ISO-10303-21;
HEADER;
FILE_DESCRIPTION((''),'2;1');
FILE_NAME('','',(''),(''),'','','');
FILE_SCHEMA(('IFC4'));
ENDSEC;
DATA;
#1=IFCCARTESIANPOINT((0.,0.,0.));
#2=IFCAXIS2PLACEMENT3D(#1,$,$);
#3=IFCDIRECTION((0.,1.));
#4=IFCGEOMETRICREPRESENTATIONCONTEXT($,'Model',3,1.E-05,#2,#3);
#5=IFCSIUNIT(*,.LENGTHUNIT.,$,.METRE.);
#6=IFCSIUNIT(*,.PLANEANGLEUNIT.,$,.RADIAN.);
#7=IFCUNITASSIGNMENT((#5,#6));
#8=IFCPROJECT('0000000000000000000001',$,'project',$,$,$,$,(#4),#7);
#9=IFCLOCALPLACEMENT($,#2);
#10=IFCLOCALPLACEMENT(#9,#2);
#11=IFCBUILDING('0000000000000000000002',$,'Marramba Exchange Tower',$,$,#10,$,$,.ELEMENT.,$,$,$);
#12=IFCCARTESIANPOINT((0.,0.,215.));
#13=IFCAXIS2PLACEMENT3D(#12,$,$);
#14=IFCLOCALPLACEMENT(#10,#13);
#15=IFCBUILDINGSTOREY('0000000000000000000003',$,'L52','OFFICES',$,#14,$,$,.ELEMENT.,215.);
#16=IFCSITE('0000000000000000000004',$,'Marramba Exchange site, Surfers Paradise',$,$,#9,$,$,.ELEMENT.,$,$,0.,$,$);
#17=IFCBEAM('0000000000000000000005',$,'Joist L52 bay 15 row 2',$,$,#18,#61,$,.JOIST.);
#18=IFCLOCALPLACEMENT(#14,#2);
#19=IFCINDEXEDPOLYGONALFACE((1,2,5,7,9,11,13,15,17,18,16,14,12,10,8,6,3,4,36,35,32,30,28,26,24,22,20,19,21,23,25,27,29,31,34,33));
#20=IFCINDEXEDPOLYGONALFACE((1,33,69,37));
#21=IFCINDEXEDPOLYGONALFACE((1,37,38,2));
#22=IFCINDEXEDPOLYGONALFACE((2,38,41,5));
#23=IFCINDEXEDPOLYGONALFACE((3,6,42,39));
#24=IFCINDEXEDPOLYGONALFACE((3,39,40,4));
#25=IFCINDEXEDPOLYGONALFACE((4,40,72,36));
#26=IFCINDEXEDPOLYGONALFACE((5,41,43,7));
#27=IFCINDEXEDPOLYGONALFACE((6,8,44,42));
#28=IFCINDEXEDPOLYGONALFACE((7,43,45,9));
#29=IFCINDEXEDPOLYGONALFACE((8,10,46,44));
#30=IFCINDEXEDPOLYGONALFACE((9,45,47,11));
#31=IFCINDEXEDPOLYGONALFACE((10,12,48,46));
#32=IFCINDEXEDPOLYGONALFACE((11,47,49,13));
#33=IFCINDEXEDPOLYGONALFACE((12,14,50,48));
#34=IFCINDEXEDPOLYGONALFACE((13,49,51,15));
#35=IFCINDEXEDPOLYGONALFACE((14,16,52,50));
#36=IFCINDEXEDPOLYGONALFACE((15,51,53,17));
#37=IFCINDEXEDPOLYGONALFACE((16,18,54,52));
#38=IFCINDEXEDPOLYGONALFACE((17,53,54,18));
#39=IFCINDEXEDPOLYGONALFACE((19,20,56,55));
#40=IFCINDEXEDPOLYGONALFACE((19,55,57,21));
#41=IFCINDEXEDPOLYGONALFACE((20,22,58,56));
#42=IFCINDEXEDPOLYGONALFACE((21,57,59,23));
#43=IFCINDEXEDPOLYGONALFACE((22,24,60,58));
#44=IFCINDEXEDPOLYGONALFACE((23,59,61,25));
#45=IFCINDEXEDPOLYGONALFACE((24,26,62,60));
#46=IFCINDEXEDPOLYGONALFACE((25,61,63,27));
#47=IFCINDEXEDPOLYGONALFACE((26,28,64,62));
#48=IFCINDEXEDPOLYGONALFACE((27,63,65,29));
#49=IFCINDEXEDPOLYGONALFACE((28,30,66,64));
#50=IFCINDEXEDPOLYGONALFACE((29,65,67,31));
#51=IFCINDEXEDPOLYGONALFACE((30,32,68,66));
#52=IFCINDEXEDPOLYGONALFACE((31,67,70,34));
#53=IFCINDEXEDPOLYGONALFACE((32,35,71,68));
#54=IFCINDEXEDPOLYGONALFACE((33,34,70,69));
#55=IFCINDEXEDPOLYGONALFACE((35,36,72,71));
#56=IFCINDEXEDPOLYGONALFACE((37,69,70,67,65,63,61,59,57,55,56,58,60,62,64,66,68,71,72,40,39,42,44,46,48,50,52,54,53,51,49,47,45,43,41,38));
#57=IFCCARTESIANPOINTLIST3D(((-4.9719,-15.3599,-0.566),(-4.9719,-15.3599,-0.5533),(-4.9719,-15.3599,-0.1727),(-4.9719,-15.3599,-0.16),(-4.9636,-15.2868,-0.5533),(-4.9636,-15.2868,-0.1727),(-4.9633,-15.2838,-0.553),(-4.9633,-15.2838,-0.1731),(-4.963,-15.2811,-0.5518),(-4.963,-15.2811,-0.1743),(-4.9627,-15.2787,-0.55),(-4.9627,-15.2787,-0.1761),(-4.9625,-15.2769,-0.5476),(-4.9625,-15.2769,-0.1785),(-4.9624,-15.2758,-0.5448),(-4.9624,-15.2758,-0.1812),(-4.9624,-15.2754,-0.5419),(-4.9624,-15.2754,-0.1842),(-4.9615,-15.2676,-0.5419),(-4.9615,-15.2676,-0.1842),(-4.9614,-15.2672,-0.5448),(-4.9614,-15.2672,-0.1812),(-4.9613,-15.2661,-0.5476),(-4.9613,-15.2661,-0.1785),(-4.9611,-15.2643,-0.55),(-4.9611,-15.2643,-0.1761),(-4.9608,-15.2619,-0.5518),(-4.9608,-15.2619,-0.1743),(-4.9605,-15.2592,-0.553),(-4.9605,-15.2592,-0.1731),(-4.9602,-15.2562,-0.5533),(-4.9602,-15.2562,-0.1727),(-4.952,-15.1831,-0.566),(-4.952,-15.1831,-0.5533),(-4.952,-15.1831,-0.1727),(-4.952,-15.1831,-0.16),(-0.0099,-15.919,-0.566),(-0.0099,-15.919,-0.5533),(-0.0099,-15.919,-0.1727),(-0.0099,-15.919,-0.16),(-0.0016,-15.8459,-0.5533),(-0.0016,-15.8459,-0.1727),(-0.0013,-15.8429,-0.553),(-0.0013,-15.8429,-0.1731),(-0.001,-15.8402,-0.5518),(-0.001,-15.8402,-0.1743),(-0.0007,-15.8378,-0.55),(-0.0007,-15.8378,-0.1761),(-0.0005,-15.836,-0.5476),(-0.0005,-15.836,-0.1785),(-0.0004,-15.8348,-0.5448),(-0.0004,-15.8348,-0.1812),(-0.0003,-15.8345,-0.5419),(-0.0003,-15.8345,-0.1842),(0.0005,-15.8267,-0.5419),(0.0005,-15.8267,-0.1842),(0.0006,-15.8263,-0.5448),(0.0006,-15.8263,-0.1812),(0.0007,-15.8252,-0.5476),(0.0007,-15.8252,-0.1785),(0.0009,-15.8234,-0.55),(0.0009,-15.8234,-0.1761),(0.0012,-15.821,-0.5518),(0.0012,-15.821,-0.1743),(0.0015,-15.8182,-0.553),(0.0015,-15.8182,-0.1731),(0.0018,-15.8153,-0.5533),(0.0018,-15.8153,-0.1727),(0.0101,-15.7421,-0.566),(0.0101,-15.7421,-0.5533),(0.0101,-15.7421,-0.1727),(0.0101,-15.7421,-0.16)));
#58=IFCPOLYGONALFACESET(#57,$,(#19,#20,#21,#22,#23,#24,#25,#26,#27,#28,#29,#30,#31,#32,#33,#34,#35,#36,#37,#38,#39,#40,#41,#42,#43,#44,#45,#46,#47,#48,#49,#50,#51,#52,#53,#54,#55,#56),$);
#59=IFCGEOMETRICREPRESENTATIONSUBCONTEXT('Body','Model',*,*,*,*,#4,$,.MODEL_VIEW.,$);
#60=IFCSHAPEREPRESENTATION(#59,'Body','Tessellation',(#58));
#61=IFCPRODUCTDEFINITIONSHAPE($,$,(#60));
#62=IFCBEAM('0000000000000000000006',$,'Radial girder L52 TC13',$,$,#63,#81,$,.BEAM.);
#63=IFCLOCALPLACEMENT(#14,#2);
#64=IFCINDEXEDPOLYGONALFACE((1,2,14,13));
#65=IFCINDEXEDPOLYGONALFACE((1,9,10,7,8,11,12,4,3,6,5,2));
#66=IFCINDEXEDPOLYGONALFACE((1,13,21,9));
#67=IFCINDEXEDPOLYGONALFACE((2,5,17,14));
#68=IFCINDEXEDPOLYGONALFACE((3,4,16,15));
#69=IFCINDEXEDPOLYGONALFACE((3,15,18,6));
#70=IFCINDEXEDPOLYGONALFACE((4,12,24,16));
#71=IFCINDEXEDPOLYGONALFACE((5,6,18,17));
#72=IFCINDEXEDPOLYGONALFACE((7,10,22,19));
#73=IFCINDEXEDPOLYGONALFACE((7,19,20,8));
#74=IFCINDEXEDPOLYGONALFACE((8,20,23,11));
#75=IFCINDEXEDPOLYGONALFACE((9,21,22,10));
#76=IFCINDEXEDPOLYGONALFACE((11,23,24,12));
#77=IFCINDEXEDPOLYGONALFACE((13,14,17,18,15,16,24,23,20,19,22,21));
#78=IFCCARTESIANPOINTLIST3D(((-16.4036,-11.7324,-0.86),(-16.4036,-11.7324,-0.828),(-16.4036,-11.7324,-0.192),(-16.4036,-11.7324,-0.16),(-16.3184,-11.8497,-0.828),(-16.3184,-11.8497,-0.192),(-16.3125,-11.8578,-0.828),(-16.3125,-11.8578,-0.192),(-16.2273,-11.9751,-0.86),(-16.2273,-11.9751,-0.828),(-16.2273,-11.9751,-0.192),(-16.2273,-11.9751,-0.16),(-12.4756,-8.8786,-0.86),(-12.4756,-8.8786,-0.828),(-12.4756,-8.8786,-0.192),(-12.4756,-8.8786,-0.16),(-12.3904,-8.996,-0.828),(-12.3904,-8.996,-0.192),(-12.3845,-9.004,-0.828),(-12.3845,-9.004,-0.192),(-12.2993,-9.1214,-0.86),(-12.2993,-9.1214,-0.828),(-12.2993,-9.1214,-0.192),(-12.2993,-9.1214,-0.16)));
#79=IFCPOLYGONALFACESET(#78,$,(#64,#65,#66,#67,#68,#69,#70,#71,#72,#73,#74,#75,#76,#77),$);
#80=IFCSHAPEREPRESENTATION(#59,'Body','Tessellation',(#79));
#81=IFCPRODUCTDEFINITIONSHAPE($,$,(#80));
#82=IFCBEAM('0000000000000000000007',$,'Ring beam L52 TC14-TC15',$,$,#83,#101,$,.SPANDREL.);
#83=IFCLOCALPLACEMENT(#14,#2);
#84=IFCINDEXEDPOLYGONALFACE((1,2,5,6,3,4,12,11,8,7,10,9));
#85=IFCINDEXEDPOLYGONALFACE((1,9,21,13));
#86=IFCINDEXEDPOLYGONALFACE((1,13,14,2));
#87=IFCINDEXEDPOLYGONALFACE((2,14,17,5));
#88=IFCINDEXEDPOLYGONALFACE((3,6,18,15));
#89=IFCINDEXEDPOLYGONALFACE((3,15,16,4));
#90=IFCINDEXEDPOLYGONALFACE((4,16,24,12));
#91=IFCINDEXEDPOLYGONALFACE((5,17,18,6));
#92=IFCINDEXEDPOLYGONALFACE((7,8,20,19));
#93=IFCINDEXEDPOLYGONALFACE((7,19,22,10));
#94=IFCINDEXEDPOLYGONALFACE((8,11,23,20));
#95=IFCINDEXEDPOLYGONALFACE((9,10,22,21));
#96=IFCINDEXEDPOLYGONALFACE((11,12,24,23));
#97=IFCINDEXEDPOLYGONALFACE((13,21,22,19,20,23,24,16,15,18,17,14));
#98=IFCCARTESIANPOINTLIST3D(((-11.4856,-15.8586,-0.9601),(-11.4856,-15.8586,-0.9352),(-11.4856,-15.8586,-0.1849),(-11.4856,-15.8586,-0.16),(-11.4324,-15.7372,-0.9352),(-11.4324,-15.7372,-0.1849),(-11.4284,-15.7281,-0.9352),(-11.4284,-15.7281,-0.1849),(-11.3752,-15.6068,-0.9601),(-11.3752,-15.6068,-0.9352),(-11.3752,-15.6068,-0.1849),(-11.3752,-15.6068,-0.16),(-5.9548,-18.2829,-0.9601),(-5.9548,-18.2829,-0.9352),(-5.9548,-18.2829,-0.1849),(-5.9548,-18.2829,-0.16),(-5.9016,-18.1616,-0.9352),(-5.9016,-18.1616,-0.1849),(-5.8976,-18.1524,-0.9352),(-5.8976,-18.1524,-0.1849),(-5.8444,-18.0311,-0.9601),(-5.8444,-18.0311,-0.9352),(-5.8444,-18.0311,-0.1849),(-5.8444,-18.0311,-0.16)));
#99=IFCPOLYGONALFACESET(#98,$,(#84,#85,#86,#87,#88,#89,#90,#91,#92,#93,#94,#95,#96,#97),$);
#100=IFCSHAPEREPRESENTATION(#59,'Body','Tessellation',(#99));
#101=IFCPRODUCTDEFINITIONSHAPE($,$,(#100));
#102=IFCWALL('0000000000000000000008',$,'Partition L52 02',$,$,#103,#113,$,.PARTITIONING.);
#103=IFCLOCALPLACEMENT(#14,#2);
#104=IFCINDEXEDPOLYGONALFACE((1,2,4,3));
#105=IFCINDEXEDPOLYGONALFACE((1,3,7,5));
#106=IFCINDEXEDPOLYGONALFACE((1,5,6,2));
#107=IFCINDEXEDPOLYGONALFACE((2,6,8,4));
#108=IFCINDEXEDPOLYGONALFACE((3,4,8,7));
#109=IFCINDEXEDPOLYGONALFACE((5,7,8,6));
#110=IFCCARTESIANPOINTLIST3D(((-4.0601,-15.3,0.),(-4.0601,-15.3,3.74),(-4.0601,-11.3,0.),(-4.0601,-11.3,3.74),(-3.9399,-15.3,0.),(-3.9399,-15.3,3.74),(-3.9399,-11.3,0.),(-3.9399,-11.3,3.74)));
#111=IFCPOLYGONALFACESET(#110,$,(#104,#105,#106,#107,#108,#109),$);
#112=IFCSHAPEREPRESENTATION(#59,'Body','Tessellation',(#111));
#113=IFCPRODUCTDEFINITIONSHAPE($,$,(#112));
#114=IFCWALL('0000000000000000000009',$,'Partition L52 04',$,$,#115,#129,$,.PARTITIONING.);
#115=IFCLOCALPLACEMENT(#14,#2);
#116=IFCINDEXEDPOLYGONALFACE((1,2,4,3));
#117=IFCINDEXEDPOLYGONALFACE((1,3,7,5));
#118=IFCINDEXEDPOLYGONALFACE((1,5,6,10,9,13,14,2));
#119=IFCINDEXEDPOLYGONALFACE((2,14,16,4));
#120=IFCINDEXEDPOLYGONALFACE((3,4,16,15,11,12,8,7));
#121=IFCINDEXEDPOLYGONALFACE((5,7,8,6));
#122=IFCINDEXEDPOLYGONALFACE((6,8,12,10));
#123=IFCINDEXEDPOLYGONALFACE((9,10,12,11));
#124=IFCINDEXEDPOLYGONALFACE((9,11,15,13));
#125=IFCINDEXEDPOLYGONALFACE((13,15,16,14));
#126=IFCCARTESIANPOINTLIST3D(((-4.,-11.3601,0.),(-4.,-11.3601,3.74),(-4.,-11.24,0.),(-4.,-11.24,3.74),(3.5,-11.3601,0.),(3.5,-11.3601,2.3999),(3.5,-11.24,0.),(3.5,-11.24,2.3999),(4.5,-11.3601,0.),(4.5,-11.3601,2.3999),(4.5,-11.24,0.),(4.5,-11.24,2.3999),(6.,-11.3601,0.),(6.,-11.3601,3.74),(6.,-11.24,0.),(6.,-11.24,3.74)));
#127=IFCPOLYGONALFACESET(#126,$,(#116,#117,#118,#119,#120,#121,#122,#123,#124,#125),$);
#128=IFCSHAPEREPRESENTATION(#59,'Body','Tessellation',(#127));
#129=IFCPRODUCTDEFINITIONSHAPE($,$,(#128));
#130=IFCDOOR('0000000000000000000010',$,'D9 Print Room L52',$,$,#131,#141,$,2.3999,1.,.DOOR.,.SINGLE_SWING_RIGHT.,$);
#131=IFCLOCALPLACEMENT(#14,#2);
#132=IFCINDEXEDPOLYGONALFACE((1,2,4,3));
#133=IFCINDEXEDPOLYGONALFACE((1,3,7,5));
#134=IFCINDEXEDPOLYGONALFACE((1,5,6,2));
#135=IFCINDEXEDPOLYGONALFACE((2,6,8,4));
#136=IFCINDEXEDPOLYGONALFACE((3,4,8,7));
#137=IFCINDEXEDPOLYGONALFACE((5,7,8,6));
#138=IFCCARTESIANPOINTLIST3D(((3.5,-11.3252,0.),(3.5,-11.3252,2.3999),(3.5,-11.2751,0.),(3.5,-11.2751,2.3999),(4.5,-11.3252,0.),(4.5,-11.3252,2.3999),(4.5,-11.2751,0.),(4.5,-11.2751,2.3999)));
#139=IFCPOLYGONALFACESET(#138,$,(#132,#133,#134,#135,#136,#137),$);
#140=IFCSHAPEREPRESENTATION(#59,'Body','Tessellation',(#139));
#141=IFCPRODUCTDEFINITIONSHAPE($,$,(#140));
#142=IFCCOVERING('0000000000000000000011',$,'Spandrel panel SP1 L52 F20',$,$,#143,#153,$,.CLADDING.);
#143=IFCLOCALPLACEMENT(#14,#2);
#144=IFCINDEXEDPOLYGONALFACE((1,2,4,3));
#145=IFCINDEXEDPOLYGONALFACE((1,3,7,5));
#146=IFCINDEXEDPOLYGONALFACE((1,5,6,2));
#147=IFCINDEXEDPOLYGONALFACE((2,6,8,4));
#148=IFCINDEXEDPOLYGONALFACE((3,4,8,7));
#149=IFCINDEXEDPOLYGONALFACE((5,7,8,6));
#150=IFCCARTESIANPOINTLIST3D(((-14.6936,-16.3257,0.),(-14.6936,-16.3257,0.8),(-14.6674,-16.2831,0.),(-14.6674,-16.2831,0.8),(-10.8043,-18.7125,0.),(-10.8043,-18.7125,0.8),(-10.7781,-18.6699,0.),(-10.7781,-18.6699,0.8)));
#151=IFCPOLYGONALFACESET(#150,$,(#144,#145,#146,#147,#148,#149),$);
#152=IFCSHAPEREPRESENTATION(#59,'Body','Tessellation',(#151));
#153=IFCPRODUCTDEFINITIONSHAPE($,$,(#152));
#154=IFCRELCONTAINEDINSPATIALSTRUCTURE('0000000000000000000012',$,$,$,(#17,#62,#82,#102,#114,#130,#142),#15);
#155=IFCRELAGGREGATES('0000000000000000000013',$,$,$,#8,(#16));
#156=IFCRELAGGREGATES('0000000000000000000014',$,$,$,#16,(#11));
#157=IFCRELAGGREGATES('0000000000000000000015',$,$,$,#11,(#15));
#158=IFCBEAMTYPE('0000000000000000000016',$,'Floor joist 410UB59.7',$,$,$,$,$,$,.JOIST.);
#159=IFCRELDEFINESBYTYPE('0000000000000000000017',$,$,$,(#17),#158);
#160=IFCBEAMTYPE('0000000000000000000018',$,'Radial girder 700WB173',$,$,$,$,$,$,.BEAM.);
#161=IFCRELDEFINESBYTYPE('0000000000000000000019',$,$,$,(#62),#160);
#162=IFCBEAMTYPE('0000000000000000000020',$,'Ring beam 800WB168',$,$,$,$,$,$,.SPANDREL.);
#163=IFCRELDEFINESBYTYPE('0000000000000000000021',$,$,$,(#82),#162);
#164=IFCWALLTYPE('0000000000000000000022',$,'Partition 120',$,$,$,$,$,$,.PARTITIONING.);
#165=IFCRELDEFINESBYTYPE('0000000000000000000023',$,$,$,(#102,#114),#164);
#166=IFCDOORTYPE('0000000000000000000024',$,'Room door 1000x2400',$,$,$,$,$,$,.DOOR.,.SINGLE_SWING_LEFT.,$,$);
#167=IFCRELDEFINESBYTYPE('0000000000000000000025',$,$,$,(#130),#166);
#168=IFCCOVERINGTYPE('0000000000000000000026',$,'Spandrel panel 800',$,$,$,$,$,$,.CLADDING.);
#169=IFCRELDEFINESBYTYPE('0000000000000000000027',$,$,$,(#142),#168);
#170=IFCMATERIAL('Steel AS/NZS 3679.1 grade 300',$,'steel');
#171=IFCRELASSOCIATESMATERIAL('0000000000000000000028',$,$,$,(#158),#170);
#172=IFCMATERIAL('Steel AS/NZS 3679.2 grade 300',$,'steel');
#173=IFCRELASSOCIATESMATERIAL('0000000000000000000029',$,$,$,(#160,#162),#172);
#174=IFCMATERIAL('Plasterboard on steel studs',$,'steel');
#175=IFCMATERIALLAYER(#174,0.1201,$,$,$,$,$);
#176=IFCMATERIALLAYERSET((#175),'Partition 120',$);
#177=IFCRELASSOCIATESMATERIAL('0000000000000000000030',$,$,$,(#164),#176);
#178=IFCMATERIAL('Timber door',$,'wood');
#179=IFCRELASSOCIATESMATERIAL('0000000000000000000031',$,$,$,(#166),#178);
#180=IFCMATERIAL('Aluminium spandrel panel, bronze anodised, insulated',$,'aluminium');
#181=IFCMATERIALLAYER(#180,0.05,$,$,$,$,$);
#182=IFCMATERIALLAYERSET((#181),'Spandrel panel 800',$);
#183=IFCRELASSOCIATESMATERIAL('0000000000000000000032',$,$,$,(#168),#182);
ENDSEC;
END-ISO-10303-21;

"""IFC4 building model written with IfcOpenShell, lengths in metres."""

from ifc_helpers import new_model, si_unit, direction, frame, frame_2d, origin, origin_2d, place, context, subcontext, project, spatial, rectangle, i_section, extrude, material, layer, layer_set, material_profile, profile_set, type_object, element, fill, save


model = new_model("IFC4")

# Units and contexts
model_context = context("Model", 3, precision=1e-05, world=origin(), true_north=direction((0.0, 1.0)))
body_context = subcontext(model_context, "Body", "Model", "MODEL_VIEW")
ifc_project = project(units=[si_unit("LENGTHUNIT", "METRE"), si_unit("PLANEANGLEUNIT", "RADIAN")], contexts=[model_context])

# Site, building, storey
site_placement = place(None, origin())
site = spatial("IfcSite", under=ifc_project, at=site_placement, Name="Marramba Exchange site, Surfers Paradise", CompositionType="ELEMENT", RefElevation=0.0)
building_placement = place(site_placement, origin())
building = spatial("IfcBuilding", under=site, at=building_placement, Name="Marramba Exchange Tower", CompositionType="ELEMENT")
storey_placement = place(building_placement, frame((0.0, 0.0, 215.0)))
storey = spatial("IfcBuildingStorey", under=building, at=storey_placement, Name="L52", Description="OFFICES", CompositionType="ELEMENT", Elevation=215.0)

# Beams
ifc_material_1 = material(Name="Steel AS/NZS 3679.2 grade 300", Category="steel")
ifc_material_2 = material(Name="Steel AS/NZS 3679.1 grade 300", Category="steel")
ifc_material_profile_1 = material_profile(ifc_material_2, i_section(OverallWidth=0.178, OverallDepth=0.406, WebThickness=0.0078, FlangeThickness=0.0127, FilletRadius=0.0115, at=origin_2d()), Name="410UB59.7")
ifc_profile_set_1 = profile_set([ifc_material_profile_1], Name="Steel AS/NZS 3679.1 grade 300")
beam_type_1 = type_object("IfcBeamType", Name="Floor joist 410UB59.7", PredefinedType="JOIST", material=ifc_profile_set_1)
beam_1_placement = place(storey_placement, frame((-4.9619, -15.2715, -0.363), z_axis=(0.993712, -0.111966, 0.0), x_axis=(0.111966, 0.993712, 0.0)))
element("IfcBeam", 1, at=beam_1_placement, inside=storey, type_object=beam_type_1, Name="Joist L52 bay 15 row 2", PredefinedType="JOIST", context=body_context, shape_type="SweptSolid", body=[
    extrude(i_section(OverallWidth=0.178, OverallDepth=0.406, WebThickness=0.0078, FlangeThickness=0.0127, FilletRadius=0.0115, at=origin_2d()), origin(), (0.0, 0.0, 1.0), 4.9934),
])
ifc_material_profile_2 = material_profile(ifc_material_1, i_section(OverallWidth=0.3, OverallDepth=0.7, WebThickness=0.01, FlangeThickness=0.032, at=origin_2d()), Name="700WB173")
ifc_profile_set_2 = profile_set([ifc_material_profile_2], Name="Steel AS/NZS 3679.2 grade 300")
beam_type_2 = type_object("IfcBeamType", Name="Radial girder 700WB173", PredefinedType="BEAM", material=ifc_profile_set_2)
beam_2_placement = place(storey_placement, frame((-12.3875, -9.0, -0.51), z_axis=(-0.809025, -0.587774, 0.0), x_axis=(0.587774, -0.809025, 0.0)))
element("IfcBeam", 2, at=beam_2_placement, inside=storey, type_object=beam_type_2, Name="Radial girder L52 TC13", PredefinedType="BEAM", context=body_context, shape_type="SweptSolid", body=[
    extrude(i_section(OverallWidth=0.3, OverallDepth=0.7, WebThickness=0.01, FlangeThickness=0.032, at=origin_2d()), origin(), (0.0, 0.0, 1.0), 4.8552),
])
ifc_material_profile_3 = material_profile(ifc_material_1, i_section(OverallWidth=0.2749, OverallDepth=0.8, WebThickness=0.01, FlangeThickness=0.0249, at=origin_2d()), Name="800WB168")
ifc_profile_set_3 = profile_set([ifc_material_profile_3], Name="Steel AS/NZS 3679.2 grade 300")
beam_type_3 = type_object("IfcBeamType", Name="Ring beam 800WB168", PredefinedType="SPANDREL", material=ifc_profile_set_3)
beam_3_placement = place(storey_placement, frame((-11.4304, -15.7327, -0.5601), z_axis=(0.915877, -0.401459, 0.0), x_axis=(0.401459, 0.915877, 0.0)))
element("IfcBeam", 3, at=beam_3_placement, inside=storey, type_object=beam_type_3, Name="Ring beam L52 TC14-TC15", PredefinedType="SPANDREL", context=body_context, shape_type="SweptSolid", body=[
    extrude(i_section(OverallWidth=0.2749, OverallDepth=0.8, WebThickness=0.01, FlangeThickness=0.0249, at=origin_2d()), origin(), (0.0, 0.0, 1.0), 6.0388),
])

# Wall
ifc_material_3 = material(Name="Plasterboard on steel studs", Category="steel")
ifc_layer_1 = layer(ifc_material_3, 0.1201)
ifc_layer_set_1 = layer_set([ifc_layer_1], Name="Partition 120")
wall_type = type_object("IfcWallType", Name="Partition 120", PredefinedType="PARTITIONING", material=ifc_layer_set_1)
wall_1_placement = place(storey_placement, frame((-4.0, -15.3, 0.0), z_axis=(0.0, 0.0, 1.0), x_axis=(0.0, 1.0, 0.0)))
element("IfcWall", 4, at=wall_1_placement, inside=storey, type_object=wall_type, Name="Partition L52 02", PredefinedType="PARTITIONING", context=body_context, shape_type="SweptSolid", body=[
    extrude(rectangle(XDim=4.0, YDim=0.1201, at=frame_2d((2.0, 0.0))), origin(), (0.0, 0.0, 1.0), 3.74),
])

# Wall, opening, door
wall_2_placement = place(storey_placement, frame((-4.0, -11.3, 0.0), z_axis=(0.0, 0.0, 1.0), x_axis=(1.0, 0.0, 0.0)))
wall_2 = element("IfcWall", 5, at=wall_2_placement, inside=storey, type_object=wall_type, Name="Partition L52 04", PredefinedType="PARTITIONING", context=body_context, shape_type="SweptSolid", body=[
    extrude(rectangle(XDim=10.0, YDim=0.1201, at=frame_2d((5.0, 0.0))), origin(), (0.0, 0.0, 1.0), 3.74),
])
opening_placement = place(wall_2_placement, frame((7.5, 0.0, 0.0)))
opening = element("IfcOpeningElement", 6, at=opening_placement, cuts=wall_2, PredefinedType="OPENING", context=body_context, shape_type="SweptSolid", body=[
    extrude(rectangle(XDim=1.0, YDim=2.3999, at=frame_2d((0.5, 1.2))), frame((0.0, 0.0701, 0.0), z_axis=(0.0, -1.0, 0.0), x_axis=(1.0, 0.0, 0.0)), (0.0, 0.0, 1.0), 0.1401),
])
ifc_material_4 = material(Name="Timber door", Category="wood")
door_type = type_object("IfcDoorType", Name="Room door 1000x2400", OperationType="SINGLE_SWING_LEFT", PredefinedType="DOOR", material=ifc_material_4)
door_placement = place(opening_placement, frame((1.0, 0.0, 0.0), z_axis=(0.0, 0.0, 1.0), x_axis=(-1.0, 0.0, 0.0)))
door = element("IfcDoor", 7, at=door_placement, inside=storey, type_object=door_type, Name="D9 Print Room L52", OperationType="SINGLE_SWING_RIGHT", OverallHeight=2.3999, OverallWidth=1.0, PredefinedType="DOOR", context=body_context, shape_type="SweptSolid", body=[
    extrude(rectangle(XDim=1.0, YDim=2.3999, at=frame_2d((0.5, 1.2))), frame((0.0, 0.0251, 0.0), z_axis=(0.0, -1.0, 0.0), x_axis=(1.0, 0.0, 0.0)), (0.0, 0.0, 1.0), 0.05),
])
fill(opening, door)

# Covering
ifc_material_5 = material(Name="Aluminium spandrel panel, bronze anodised, insulated", Category="aluminium")
ifc_layer_2 = layer(ifc_material_5, 0.05)
ifc_layer_set_2 = layer_set([ifc_layer_2], Name="Spandrel panel 800")
covering_type = type_object("IfcCoveringType", Name="Spandrel panel 800", PredefinedType="CLADDING", material=ifc_layer_set_2)
covering_placement = place(storey_placement, frame((-12.7358, -17.4978, 0.0), z_axis=(0.0, 0.0, 1.0), x_axis=(0.852301, -0.523052, 0.0)))
element("IfcCovering", 8, at=covering_placement, inside=storey, type_object=covering_type, Name="Spandrel panel SP1 L52 F20", PredefinedType="CLADDING", context=body_context, shape_type="SweptSolid", body=[
    extrude(rectangle(XDim=4.5632, YDim=0.05, at=origin_2d()), origin(), (0.0, 0.0, 1.0), 0.8),
])

save(model, "model.ifc")
